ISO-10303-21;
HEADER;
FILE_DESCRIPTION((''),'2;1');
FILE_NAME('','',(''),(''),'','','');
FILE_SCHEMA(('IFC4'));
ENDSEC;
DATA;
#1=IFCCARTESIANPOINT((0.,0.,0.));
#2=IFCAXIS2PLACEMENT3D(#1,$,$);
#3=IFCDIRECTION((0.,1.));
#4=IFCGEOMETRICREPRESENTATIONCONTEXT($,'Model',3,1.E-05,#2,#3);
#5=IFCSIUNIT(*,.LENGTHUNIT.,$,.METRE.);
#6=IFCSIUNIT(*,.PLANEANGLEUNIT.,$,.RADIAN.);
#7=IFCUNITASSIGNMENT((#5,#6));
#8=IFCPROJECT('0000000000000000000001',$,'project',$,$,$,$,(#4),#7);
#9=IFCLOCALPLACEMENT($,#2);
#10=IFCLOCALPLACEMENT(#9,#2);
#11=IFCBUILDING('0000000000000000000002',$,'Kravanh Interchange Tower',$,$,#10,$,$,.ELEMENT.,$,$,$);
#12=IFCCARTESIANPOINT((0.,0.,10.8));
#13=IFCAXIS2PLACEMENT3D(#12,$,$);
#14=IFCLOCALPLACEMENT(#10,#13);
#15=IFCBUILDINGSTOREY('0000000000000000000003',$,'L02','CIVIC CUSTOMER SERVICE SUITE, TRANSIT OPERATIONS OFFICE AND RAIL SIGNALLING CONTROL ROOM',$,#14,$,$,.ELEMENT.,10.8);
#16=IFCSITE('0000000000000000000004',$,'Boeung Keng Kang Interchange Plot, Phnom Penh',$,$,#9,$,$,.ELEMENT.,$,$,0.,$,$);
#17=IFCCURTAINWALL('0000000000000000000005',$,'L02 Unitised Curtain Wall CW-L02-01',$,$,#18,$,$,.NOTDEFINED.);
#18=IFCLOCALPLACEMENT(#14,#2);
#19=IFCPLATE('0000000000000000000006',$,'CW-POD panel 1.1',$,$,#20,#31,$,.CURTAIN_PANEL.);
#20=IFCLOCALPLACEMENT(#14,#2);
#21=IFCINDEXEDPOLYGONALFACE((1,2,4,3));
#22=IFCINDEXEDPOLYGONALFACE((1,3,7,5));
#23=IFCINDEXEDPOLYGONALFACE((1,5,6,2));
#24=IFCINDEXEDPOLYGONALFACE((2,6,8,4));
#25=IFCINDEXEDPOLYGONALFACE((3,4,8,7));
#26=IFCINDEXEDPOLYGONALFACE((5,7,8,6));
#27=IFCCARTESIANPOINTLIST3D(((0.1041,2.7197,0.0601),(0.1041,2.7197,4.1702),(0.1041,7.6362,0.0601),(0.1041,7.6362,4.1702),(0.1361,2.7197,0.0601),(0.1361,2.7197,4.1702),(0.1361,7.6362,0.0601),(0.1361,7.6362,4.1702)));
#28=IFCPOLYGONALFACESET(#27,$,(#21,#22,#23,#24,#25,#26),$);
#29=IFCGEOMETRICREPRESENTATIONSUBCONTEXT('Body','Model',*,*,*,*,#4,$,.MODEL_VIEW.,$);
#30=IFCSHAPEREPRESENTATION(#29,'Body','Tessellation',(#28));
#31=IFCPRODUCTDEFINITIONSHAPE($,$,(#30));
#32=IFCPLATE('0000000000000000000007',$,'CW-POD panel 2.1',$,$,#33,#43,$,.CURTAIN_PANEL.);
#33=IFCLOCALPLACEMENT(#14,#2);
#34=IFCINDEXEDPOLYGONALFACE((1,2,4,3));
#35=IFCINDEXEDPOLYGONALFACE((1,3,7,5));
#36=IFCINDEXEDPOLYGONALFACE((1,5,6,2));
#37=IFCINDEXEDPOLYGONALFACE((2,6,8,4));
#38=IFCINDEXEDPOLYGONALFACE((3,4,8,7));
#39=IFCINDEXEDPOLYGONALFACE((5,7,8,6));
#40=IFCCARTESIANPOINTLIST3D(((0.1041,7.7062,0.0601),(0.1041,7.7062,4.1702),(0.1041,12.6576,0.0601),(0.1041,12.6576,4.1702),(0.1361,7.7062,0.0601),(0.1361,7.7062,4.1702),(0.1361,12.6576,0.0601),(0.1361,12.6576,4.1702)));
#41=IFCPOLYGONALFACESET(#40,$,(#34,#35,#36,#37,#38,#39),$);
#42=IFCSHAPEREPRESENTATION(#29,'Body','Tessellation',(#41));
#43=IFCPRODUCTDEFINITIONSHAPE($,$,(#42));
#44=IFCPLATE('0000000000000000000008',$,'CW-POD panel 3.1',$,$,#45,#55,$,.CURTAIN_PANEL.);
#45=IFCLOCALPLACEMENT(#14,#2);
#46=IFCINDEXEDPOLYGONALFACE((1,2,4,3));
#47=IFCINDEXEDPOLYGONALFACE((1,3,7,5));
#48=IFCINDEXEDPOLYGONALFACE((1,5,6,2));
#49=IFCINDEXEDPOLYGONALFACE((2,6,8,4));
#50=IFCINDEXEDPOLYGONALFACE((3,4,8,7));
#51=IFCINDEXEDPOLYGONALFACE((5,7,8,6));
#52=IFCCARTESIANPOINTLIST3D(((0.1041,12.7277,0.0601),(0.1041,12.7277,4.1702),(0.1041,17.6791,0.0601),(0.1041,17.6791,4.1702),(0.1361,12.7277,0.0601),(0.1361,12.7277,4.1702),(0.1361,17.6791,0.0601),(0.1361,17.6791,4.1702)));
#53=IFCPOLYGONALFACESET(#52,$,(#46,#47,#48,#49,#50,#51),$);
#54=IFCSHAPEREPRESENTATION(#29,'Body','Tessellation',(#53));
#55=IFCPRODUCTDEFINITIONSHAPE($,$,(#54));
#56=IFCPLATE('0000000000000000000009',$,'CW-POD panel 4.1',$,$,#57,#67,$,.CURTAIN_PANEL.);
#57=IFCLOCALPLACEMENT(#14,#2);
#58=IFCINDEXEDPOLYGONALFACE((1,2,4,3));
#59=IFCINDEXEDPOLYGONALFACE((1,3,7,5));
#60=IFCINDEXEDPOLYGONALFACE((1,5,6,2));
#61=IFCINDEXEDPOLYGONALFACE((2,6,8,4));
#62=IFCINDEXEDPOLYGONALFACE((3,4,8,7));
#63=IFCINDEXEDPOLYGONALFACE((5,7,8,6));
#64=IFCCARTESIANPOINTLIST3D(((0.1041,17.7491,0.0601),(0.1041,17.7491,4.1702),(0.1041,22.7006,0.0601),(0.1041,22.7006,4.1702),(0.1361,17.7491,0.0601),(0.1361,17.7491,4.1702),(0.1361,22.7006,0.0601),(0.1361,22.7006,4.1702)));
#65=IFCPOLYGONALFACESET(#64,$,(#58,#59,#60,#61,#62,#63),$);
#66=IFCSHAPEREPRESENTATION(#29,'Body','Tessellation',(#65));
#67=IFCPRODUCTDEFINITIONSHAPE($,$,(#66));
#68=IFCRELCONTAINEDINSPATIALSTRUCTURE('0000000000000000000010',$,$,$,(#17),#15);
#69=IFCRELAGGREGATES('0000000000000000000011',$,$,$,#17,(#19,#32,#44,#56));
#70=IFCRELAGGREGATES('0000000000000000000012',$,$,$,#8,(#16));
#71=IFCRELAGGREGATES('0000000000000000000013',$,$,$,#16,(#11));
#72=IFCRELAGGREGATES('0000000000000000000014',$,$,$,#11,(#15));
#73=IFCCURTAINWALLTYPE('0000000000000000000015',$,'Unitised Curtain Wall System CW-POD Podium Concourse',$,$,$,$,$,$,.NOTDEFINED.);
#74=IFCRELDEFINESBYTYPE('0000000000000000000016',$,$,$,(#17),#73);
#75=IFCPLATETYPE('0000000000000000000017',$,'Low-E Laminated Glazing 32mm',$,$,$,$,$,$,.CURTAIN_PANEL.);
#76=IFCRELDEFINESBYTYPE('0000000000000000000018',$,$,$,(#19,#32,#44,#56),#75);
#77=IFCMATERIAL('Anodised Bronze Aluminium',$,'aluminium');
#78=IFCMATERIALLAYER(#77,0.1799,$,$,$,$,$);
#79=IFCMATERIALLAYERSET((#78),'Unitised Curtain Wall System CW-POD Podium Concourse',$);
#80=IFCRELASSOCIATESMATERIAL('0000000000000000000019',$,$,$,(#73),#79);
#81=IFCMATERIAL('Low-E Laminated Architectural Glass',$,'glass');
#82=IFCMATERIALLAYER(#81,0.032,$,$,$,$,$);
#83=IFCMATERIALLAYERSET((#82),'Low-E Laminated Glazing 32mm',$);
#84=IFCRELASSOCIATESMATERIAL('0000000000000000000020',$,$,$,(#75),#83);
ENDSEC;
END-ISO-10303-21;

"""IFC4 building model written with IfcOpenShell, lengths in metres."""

from ifc_helpers import new_model, si_unit, direction, frame, origin, origin_2d, place, context, subcontext, project, spatial, rectangle, extrude, material, layer, layer_set, type_object, element, aggregate, save


model = new_model("IFC4")

# Units and contexts
model_context = context("Model", 3, precision=1e-05, world=origin(), true_north=direction((0.0, 1.0)))
body_context = subcontext(model_context, "Body", "Model", "MODEL_VIEW")
ifc_project = project(units=[si_unit("LENGTHUNIT", "METRE"), si_unit("PLANEANGLEUNIT", "RADIAN")], contexts=[model_context])

# Site, building, storey
site_placement = place(None, origin())
site = spatial("IfcSite", under=ifc_project, at=site_placement, Name="Boeung Keng Kang Interchange Plot, Phnom Penh", CompositionType="ELEMENT", RefElevation=0.0)
building_placement = place(site_placement, origin())
building = spatial("IfcBuilding", under=site, at=building_placement, Name="Kravanh Interchange Tower", CompositionType="ELEMENT")
storey_placement = place(building_placement, frame((0.0, 0.0, 10.8)))
storey = spatial("IfcBuildingStorey", under=building, at=storey_placement, Name="L02", Description="CIVIC CUSTOMER SERVICE SUITE, TRANSIT OPERATIONS OFFICE AND RAIL SIGNALLING CONTROL ROOM", CompositionType="ELEMENT", Elevation=10.8)

# Curtain wall
ifc_material_1 = material(Name="Anodised Bronze Aluminium", Category="aluminium")
ifc_layer_1 = layer(ifc_material_1, 0.1799)
ifc_layer_set_1 = layer_set([ifc_layer_1], Name="Unitised Curtain Wall System CW-POD Podium Concourse")
curtain_wall_type = type_object("IfcCurtainWallType", Name="Unitised Curtain Wall System CW-POD Podium Concourse", PredefinedType="NOTDEFINED", material=ifc_layer_set_1)
curtain_wall_placement = place(storey_placement, origin())
curtain_wall = element("IfcCurtainWall", 1, at=curtain_wall_placement, inside=storey, type_object=curtain_wall_type, Name="L02 Unitised Curtain Wall CW-L02-01", PredefinedType="NOTDEFINED")

# Plates
ifc_material_2 = material(Name="Low-E Laminated Architectural Glass", Category="glass")
ifc_layer_2 = layer(ifc_material_2, 0.032)
ifc_layer_set_2 = layer_set([ifc_layer_2], Name="Low-E Laminated Glazing 32mm")
plate_type = type_object("IfcPlateType", Name="Low-E Laminated Glazing 32mm", PredefinedType="CURTAIN_PANEL", material=ifc_layer_set_2)
plate_1_placement = place(storey_placement, frame((0.1201, 5.178, 0.0601), z_axis=(0.0, 0.0, 1.0), x_axis=(0.0, 1.0, 0.0)))
plate_1 = element("IfcPlate", 2, at=plate_1_placement, type_object=plate_type, Name="CW-POD panel 1.1", PredefinedType="CURTAIN_PANEL", context=body_context, shape_type="SweptSolid", body=[
    extrude(rectangle(XDim=4.9165, YDim=0.032, at=origin_2d()), origin(), (0.0, 0.0, 1.0), 4.1101),
])
plate_2_placement = place(storey_placement, frame((0.1201, 10.1819, 0.0601), z_axis=(0.0, 0.0, 1.0), x_axis=(0.0, 1.0, 0.0)))
plate_2 = element("IfcPlate", 3, at=plate_2_placement, type_object=plate_type, Name="CW-POD panel 2.1", PredefinedType="CURTAIN_PANEL", context=body_context, shape_type="SweptSolid", body=[
    extrude(rectangle(XDim=4.9514, YDim=0.032, at=origin_2d()), origin(), (0.0, 0.0, 1.0), 4.1101),
])
plate_3_placement = place(storey_placement, frame((0.1201, 15.2034, 0.0601), z_axis=(0.0, 0.0, 1.0), x_axis=(0.0, 1.0, 0.0)))
plate_3 = element("IfcPlate", 4, at=plate_3_placement, type_object=plate_type, Name="CW-POD panel 3.1", PredefinedType="CURTAIN_PANEL", context=body_context, shape_type="SweptSolid", body=[
    extrude(rectangle(XDim=4.9514, YDim=0.032, at=origin_2d()), origin(), (0.0, 0.0, 1.0), 4.1101),
])
plate_4_placement = place(storey_placement, frame((0.1201, 20.2249, 0.0601), z_axis=(0.0, 0.0, 1.0), x_axis=(0.0, 1.0, 0.0)))
plate_4 = element("IfcPlate", 5, at=plate_4_placement, type_object=plate_type, Name="CW-POD panel 4.1", PredefinedType="CURTAIN_PANEL", context=body_context, shape_type="SweptSolid", body=[
    extrude(rectangle(XDim=4.9514, YDim=0.032, at=origin_2d()), origin(), (0.0, 0.0, 1.0), 4.1101),
])
aggregate(curtain_wall, [plate_1, plate_2, plate_3, plate_4])

save(model, "model.ifc")
